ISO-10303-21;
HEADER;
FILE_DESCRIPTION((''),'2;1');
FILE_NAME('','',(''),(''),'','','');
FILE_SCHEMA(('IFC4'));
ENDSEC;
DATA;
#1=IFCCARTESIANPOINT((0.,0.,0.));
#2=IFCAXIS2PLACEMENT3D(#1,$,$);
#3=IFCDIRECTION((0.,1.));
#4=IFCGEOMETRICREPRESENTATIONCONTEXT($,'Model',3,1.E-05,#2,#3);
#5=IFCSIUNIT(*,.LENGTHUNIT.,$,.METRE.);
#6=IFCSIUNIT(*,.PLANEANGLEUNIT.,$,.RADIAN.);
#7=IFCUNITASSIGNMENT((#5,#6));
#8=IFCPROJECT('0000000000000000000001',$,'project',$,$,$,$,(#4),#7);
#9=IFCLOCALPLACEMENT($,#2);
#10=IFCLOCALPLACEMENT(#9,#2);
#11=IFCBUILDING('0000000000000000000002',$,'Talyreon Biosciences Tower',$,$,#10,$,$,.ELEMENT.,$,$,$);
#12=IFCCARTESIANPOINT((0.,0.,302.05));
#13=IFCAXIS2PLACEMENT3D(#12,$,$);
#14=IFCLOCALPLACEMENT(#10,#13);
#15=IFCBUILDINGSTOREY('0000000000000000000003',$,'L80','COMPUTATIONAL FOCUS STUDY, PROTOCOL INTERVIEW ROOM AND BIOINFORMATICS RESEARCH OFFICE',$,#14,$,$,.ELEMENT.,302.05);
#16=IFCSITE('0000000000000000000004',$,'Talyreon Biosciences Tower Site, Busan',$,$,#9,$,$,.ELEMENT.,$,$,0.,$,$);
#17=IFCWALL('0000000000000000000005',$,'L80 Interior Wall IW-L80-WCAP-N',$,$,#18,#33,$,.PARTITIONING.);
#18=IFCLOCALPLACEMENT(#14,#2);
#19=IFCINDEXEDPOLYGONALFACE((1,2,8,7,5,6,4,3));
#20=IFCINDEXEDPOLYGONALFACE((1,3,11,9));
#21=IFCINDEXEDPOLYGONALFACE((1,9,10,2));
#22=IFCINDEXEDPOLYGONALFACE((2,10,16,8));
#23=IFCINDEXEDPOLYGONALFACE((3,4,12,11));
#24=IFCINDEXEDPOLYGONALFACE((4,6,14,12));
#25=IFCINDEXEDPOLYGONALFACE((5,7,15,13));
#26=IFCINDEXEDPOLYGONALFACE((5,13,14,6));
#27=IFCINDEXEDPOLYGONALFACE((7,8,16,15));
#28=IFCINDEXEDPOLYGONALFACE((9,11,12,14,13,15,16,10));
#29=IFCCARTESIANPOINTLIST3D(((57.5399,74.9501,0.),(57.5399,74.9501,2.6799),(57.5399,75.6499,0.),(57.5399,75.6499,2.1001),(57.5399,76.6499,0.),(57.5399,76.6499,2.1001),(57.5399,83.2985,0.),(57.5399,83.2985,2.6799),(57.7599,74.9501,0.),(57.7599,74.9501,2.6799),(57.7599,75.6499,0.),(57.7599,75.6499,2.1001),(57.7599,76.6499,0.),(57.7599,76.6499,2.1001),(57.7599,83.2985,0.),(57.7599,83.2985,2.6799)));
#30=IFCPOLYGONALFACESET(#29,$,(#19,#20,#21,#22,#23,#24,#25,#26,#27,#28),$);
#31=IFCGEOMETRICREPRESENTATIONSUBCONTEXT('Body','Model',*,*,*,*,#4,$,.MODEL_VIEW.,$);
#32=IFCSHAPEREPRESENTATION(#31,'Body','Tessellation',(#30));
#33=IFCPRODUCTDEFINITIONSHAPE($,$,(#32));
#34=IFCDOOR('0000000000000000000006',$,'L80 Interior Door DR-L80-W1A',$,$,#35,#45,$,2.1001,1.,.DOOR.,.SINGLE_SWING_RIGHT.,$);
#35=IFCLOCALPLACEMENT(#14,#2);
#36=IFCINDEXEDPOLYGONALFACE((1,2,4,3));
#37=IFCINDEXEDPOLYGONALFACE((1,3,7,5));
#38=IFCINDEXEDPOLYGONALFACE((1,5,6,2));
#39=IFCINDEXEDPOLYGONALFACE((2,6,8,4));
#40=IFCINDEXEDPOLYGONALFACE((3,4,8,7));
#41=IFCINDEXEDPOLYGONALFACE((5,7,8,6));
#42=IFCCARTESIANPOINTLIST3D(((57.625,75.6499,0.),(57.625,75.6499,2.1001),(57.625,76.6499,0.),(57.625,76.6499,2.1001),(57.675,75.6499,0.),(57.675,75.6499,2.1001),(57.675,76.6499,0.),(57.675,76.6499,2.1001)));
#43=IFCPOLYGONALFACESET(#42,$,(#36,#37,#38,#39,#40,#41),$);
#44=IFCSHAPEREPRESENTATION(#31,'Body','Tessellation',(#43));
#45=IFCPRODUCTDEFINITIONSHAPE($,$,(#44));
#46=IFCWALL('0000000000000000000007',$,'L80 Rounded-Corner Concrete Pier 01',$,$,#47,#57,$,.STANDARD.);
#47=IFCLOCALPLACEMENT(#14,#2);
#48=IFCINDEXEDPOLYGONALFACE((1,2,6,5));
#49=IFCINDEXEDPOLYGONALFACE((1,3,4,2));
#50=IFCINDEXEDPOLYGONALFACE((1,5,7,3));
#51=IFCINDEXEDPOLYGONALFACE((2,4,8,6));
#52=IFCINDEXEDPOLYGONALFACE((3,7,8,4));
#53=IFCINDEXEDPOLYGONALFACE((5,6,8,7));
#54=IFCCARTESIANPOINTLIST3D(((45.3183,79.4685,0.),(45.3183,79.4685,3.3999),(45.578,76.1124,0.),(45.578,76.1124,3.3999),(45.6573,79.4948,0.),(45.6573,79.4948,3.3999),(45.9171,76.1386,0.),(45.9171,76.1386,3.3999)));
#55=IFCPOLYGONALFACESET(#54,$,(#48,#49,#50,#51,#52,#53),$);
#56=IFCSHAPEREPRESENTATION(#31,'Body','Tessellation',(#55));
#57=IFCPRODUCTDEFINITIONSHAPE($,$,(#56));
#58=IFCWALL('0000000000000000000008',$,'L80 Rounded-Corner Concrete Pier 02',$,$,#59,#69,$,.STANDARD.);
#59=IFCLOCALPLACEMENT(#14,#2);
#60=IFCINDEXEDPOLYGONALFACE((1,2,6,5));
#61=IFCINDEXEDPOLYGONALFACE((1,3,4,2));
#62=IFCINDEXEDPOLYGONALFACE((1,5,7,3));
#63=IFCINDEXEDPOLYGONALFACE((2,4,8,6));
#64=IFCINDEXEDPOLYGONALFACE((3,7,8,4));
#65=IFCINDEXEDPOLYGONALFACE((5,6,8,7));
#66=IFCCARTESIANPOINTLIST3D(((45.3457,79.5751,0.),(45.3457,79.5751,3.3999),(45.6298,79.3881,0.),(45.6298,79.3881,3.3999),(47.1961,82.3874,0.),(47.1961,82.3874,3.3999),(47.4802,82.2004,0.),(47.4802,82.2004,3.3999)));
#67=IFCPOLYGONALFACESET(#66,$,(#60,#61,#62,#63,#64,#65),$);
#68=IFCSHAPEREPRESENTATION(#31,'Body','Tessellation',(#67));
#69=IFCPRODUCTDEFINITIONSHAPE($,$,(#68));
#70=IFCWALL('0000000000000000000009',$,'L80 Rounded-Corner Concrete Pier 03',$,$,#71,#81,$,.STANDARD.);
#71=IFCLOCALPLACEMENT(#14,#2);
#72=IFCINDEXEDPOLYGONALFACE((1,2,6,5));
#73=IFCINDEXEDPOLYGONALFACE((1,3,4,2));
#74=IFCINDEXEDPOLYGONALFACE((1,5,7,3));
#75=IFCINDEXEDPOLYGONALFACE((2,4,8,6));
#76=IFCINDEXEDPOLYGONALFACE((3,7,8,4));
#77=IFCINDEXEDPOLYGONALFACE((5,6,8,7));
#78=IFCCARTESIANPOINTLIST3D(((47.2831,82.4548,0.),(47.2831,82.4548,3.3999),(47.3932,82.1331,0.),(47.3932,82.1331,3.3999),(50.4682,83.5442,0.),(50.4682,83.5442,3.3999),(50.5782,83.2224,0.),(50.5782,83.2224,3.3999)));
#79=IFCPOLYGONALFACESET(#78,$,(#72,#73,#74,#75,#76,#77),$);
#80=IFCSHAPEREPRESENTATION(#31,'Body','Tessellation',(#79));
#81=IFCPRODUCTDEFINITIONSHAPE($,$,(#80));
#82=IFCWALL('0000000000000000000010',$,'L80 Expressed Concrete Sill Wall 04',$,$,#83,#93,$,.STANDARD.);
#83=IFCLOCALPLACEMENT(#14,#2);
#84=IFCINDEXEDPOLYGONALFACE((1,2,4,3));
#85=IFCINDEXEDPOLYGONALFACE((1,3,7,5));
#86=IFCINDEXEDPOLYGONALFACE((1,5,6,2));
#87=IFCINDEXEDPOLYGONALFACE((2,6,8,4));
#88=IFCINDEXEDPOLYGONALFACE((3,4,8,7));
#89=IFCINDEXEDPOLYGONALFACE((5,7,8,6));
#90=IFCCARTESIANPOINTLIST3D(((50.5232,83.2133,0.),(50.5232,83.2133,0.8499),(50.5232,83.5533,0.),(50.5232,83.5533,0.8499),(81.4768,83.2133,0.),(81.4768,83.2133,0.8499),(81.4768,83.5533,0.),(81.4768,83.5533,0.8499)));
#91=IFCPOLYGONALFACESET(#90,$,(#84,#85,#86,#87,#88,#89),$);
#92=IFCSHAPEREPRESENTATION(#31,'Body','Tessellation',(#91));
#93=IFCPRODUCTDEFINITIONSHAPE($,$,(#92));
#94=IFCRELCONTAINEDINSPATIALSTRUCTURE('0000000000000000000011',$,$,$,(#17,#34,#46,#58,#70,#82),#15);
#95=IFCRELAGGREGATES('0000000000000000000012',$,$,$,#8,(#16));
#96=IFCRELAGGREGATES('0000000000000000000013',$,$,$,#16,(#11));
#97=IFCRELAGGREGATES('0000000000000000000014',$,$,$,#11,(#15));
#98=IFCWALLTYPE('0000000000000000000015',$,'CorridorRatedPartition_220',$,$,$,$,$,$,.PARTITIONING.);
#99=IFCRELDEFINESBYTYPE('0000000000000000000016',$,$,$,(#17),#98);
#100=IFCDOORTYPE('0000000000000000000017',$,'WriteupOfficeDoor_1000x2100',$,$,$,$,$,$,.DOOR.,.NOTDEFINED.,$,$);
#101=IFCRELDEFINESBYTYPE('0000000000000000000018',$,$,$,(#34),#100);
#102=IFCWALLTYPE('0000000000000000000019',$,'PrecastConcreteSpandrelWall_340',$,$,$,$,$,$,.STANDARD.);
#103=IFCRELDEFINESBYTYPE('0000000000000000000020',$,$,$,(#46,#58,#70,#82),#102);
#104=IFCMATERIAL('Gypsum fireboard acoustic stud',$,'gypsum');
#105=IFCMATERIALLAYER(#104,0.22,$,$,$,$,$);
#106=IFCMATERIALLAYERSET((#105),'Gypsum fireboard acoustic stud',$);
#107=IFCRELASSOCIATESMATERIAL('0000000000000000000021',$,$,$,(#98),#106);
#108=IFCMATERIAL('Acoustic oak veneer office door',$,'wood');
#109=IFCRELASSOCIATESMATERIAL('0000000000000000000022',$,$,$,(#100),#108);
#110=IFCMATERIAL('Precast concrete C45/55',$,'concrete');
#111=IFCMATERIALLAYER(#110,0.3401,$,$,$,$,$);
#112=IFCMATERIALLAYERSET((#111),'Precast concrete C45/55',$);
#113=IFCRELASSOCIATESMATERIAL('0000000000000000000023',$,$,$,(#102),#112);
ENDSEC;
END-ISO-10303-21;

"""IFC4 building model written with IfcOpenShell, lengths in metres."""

from ifc_helpers import new_model, si_unit, direction, frame, frame_2d, origin, place, context, subcontext, project, spatial, rectangle, extrude, material, layer, layer_set, type_object, element, fill, save


model = new_model("IFC4")

# Units and contexts
model_context = context("Model", 3, precision=1e-05, world=origin(), true_north=direction((0.0, 1.0)))
body_context = subcontext(model_context, "Body", "Model", "MODEL_VIEW")
ifc_project = project(units=[si_unit("LENGTHUNIT", "METRE"), si_unit("PLANEANGLEUNIT", "RADIAN")], contexts=[model_context])

# Site, building, storey
site_placement = place(None, origin())
site = spatial("IfcSite", under=ifc_project, at=site_placement, Name="Talyreon Biosciences Tower Site, Busan", CompositionType="ELEMENT", RefElevation=0.0)
building_placement = place(site_placement, origin())
building = spatial("IfcBuilding", under=site, at=building_placement, Name="Talyreon Biosciences Tower", CompositionType="ELEMENT")
storey_placement = place(building_placement, frame((0.0, 0.0, 302.05)))
storey = spatial("IfcBuildingStorey", under=building, at=storey_placement, Name="L80", Description="COMPUTATIONAL FOCUS STUDY, PROTOCOL INTERVIEW ROOM AND BIOINFORMATICS RESEARCH OFFICE", CompositionType="ELEMENT", Elevation=302.05)

# Shared definitions
ifc_material_1 = material(Name="Precast concrete C45/55", Category="concrete")

# Shared definitions
ifc_material_2 = material(Name="Gypsum fireboard acoustic stud", Category="gypsum")
ifc_layer_1 = layer(ifc_material_2, 0.22)
ifc_layer_set_1 = layer_set([ifc_layer_1], Name="Gypsum fireboard acoustic stud")
wall_type_1 = type_object("IfcWallType", Name="CorridorRatedPartition_220", PredefinedType="PARTITIONING", material=ifc_layer_set_1)
ifc_material_3 = material(Name="Acoustic oak veneer office door", Category="wood")
door_type_1 = type_object("IfcDoorType", Name="WriteupOfficeDoor_1000x2100", OperationType="NOTDEFINED", PredefinedType="DOOR", material=ifc_material_3)

# Wall, opening, door
wall_1_placement = place(storey_placement, frame((57.6499, 74.95, 0.0), z_axis=(0.0, 0.0, 1.0), x_axis=(0.0, 1.0, 0.0)))
wall_1 = element("IfcWall", 1, at=wall_1_placement, inside=storey, type_object=wall_type_1, Name="L80 Interior Wall IW-L80-WCAP-N", PredefinedType="PARTITIONING", context=body_context, shape_type="SweptSolid", body=[
    extrude(rectangle(XDim=8.3484, YDim=0.22, at=frame_2d((4.1743, 0.0))), origin(), (0.0, 0.0, 1.0), 2.6799),
])
opening_1_placement = place(wall_1_placement, frame((0.7, 0.0, 0.0)))
opening_1 = element("IfcOpeningElement", 2, at=opening_1_placement, cuts=wall_1, PredefinedType="OPENING", context=body_context, shape_type="SweptSolid", body=[
    extrude(rectangle(XDim=1.0, YDim=2.1001, at=frame_2d((0.5, 1.05))), frame((0.0, 0.1199, 0.0), z_axis=(0.0, -1.0, 0.0), x_axis=(1.0, 0.0, 0.0)), (0.0, 0.0, 1.0), 0.24),
])
door_1_placement = place(opening_1_placement, origin())
door_1 = element("IfcDoor", 3, at=door_1_placement, inside=storey, type_object=door_type_1, Name="L80 Interior Door DR-L80-W1A", OperationType="SINGLE_SWING_RIGHT", OverallHeight=2.1001, OverallWidth=1.0, PredefinedType="DOOR", context=body_context, shape_type="SweptSolid", body=[
    extrude(rectangle(XDim=1.0, YDim=2.1001, at=frame_2d((0.5, 1.05))), frame((0.0, 0.0249, 0.0), z_axis=(0.0, -1.0, 0.0), x_axis=(1.0, 0.0, 0.0)), (0.0, 0.0, 1.0), 0.05),
])
fill(opening_1, door_1)

# Walls
ifc_layer_2 = layer(ifc_material_1, 0.3401)
ifc_layer_set_2 = layer_set([ifc_layer_2], Name="Precast concrete C45/55")
wall_type_2 = type_object("IfcWallType", Name="PrecastConcreteSpandrelWall_340", PredefinedType="STANDARD", material=ifc_layer_set_2)
wall_2_placement = place(storey_placement, frame((45.7476, 76.1255, 0.0), z_axis=(0.0, 0.0, 1.0), x_axis=(-0.077168, 0.997018, 0.0)))
element("IfcWall", 4, at=wall_2_placement, inside=storey, type_object=wall_type_2, Name="L80 Rounded-Corner Concrete Pier 01", PredefinedType="STANDARD", context=body_context, shape_type="SweptSolid", body=[
    extrude(rectangle(XDim=3.3662, YDim=0.3401, at=frame_2d((1.6831, 0.0))), origin(), (0.0, 0.0, 1.0), 3.3999),
])
wall_3_placement = place(storey_placement, frame((45.4878, 79.4817, 0.0), z_axis=(0.0, 0.0, 1.0), x_axis=(0.549652, 0.835393, 0.0)))
element("IfcWall", 5, at=wall_3_placement, inside=storey, type_object=wall_type_2, Name="L80 Rounded-Corner Concrete Pier 02", PredefinedType="STANDARD", context=body_context, shape_type="SweptSolid", body=[
    extrude(rectangle(XDim=3.3665, YDim=0.3401, at=frame_2d((1.6831, 0.0))), origin(), (0.0, 0.0, 1.0), 3.3999),
])
wall_4_placement = place(storey_placement, frame((47.3381, 82.2939, 0.0), z_axis=(0.0, 0.0, 1.0), x_axis=(0.946189, 0.323616, 0.0)))
element("IfcWall", 6, at=wall_4_placement, inside=storey, type_object=wall_type_2, Name="L80 Rounded-Corner Concrete Pier 03", PredefinedType="STANDARD", context=body_context, shape_type="SweptSolid", body=[
    extrude(rectangle(XDim=3.3662, YDim=0.3401, at=frame_2d((1.6831, 0.0))), origin(), (0.0, 0.0, 1.0), 3.3999),
])
wall_5_placement = place(storey_placement, frame((50.5232, 83.3833, 0.0), z_axis=(0.0, 0.0, 1.0), x_axis=(1.0, 0.0, 0.0)))
element("IfcWall", 7, at=wall_5_placement, inside=storey, type_object=wall_type_2, Name="L80 Expressed Concrete Sill Wall 04", PredefinedType="STANDARD", context=body_context, shape_type="SweptSolid", body=[
    extrude(rectangle(XDim=30.9536, YDim=0.3401, at=frame_2d((15.4768, 0.0))), origin(), (0.0, 0.0, 1.0), 0.8499),
])

save(model, "model.ifc")
